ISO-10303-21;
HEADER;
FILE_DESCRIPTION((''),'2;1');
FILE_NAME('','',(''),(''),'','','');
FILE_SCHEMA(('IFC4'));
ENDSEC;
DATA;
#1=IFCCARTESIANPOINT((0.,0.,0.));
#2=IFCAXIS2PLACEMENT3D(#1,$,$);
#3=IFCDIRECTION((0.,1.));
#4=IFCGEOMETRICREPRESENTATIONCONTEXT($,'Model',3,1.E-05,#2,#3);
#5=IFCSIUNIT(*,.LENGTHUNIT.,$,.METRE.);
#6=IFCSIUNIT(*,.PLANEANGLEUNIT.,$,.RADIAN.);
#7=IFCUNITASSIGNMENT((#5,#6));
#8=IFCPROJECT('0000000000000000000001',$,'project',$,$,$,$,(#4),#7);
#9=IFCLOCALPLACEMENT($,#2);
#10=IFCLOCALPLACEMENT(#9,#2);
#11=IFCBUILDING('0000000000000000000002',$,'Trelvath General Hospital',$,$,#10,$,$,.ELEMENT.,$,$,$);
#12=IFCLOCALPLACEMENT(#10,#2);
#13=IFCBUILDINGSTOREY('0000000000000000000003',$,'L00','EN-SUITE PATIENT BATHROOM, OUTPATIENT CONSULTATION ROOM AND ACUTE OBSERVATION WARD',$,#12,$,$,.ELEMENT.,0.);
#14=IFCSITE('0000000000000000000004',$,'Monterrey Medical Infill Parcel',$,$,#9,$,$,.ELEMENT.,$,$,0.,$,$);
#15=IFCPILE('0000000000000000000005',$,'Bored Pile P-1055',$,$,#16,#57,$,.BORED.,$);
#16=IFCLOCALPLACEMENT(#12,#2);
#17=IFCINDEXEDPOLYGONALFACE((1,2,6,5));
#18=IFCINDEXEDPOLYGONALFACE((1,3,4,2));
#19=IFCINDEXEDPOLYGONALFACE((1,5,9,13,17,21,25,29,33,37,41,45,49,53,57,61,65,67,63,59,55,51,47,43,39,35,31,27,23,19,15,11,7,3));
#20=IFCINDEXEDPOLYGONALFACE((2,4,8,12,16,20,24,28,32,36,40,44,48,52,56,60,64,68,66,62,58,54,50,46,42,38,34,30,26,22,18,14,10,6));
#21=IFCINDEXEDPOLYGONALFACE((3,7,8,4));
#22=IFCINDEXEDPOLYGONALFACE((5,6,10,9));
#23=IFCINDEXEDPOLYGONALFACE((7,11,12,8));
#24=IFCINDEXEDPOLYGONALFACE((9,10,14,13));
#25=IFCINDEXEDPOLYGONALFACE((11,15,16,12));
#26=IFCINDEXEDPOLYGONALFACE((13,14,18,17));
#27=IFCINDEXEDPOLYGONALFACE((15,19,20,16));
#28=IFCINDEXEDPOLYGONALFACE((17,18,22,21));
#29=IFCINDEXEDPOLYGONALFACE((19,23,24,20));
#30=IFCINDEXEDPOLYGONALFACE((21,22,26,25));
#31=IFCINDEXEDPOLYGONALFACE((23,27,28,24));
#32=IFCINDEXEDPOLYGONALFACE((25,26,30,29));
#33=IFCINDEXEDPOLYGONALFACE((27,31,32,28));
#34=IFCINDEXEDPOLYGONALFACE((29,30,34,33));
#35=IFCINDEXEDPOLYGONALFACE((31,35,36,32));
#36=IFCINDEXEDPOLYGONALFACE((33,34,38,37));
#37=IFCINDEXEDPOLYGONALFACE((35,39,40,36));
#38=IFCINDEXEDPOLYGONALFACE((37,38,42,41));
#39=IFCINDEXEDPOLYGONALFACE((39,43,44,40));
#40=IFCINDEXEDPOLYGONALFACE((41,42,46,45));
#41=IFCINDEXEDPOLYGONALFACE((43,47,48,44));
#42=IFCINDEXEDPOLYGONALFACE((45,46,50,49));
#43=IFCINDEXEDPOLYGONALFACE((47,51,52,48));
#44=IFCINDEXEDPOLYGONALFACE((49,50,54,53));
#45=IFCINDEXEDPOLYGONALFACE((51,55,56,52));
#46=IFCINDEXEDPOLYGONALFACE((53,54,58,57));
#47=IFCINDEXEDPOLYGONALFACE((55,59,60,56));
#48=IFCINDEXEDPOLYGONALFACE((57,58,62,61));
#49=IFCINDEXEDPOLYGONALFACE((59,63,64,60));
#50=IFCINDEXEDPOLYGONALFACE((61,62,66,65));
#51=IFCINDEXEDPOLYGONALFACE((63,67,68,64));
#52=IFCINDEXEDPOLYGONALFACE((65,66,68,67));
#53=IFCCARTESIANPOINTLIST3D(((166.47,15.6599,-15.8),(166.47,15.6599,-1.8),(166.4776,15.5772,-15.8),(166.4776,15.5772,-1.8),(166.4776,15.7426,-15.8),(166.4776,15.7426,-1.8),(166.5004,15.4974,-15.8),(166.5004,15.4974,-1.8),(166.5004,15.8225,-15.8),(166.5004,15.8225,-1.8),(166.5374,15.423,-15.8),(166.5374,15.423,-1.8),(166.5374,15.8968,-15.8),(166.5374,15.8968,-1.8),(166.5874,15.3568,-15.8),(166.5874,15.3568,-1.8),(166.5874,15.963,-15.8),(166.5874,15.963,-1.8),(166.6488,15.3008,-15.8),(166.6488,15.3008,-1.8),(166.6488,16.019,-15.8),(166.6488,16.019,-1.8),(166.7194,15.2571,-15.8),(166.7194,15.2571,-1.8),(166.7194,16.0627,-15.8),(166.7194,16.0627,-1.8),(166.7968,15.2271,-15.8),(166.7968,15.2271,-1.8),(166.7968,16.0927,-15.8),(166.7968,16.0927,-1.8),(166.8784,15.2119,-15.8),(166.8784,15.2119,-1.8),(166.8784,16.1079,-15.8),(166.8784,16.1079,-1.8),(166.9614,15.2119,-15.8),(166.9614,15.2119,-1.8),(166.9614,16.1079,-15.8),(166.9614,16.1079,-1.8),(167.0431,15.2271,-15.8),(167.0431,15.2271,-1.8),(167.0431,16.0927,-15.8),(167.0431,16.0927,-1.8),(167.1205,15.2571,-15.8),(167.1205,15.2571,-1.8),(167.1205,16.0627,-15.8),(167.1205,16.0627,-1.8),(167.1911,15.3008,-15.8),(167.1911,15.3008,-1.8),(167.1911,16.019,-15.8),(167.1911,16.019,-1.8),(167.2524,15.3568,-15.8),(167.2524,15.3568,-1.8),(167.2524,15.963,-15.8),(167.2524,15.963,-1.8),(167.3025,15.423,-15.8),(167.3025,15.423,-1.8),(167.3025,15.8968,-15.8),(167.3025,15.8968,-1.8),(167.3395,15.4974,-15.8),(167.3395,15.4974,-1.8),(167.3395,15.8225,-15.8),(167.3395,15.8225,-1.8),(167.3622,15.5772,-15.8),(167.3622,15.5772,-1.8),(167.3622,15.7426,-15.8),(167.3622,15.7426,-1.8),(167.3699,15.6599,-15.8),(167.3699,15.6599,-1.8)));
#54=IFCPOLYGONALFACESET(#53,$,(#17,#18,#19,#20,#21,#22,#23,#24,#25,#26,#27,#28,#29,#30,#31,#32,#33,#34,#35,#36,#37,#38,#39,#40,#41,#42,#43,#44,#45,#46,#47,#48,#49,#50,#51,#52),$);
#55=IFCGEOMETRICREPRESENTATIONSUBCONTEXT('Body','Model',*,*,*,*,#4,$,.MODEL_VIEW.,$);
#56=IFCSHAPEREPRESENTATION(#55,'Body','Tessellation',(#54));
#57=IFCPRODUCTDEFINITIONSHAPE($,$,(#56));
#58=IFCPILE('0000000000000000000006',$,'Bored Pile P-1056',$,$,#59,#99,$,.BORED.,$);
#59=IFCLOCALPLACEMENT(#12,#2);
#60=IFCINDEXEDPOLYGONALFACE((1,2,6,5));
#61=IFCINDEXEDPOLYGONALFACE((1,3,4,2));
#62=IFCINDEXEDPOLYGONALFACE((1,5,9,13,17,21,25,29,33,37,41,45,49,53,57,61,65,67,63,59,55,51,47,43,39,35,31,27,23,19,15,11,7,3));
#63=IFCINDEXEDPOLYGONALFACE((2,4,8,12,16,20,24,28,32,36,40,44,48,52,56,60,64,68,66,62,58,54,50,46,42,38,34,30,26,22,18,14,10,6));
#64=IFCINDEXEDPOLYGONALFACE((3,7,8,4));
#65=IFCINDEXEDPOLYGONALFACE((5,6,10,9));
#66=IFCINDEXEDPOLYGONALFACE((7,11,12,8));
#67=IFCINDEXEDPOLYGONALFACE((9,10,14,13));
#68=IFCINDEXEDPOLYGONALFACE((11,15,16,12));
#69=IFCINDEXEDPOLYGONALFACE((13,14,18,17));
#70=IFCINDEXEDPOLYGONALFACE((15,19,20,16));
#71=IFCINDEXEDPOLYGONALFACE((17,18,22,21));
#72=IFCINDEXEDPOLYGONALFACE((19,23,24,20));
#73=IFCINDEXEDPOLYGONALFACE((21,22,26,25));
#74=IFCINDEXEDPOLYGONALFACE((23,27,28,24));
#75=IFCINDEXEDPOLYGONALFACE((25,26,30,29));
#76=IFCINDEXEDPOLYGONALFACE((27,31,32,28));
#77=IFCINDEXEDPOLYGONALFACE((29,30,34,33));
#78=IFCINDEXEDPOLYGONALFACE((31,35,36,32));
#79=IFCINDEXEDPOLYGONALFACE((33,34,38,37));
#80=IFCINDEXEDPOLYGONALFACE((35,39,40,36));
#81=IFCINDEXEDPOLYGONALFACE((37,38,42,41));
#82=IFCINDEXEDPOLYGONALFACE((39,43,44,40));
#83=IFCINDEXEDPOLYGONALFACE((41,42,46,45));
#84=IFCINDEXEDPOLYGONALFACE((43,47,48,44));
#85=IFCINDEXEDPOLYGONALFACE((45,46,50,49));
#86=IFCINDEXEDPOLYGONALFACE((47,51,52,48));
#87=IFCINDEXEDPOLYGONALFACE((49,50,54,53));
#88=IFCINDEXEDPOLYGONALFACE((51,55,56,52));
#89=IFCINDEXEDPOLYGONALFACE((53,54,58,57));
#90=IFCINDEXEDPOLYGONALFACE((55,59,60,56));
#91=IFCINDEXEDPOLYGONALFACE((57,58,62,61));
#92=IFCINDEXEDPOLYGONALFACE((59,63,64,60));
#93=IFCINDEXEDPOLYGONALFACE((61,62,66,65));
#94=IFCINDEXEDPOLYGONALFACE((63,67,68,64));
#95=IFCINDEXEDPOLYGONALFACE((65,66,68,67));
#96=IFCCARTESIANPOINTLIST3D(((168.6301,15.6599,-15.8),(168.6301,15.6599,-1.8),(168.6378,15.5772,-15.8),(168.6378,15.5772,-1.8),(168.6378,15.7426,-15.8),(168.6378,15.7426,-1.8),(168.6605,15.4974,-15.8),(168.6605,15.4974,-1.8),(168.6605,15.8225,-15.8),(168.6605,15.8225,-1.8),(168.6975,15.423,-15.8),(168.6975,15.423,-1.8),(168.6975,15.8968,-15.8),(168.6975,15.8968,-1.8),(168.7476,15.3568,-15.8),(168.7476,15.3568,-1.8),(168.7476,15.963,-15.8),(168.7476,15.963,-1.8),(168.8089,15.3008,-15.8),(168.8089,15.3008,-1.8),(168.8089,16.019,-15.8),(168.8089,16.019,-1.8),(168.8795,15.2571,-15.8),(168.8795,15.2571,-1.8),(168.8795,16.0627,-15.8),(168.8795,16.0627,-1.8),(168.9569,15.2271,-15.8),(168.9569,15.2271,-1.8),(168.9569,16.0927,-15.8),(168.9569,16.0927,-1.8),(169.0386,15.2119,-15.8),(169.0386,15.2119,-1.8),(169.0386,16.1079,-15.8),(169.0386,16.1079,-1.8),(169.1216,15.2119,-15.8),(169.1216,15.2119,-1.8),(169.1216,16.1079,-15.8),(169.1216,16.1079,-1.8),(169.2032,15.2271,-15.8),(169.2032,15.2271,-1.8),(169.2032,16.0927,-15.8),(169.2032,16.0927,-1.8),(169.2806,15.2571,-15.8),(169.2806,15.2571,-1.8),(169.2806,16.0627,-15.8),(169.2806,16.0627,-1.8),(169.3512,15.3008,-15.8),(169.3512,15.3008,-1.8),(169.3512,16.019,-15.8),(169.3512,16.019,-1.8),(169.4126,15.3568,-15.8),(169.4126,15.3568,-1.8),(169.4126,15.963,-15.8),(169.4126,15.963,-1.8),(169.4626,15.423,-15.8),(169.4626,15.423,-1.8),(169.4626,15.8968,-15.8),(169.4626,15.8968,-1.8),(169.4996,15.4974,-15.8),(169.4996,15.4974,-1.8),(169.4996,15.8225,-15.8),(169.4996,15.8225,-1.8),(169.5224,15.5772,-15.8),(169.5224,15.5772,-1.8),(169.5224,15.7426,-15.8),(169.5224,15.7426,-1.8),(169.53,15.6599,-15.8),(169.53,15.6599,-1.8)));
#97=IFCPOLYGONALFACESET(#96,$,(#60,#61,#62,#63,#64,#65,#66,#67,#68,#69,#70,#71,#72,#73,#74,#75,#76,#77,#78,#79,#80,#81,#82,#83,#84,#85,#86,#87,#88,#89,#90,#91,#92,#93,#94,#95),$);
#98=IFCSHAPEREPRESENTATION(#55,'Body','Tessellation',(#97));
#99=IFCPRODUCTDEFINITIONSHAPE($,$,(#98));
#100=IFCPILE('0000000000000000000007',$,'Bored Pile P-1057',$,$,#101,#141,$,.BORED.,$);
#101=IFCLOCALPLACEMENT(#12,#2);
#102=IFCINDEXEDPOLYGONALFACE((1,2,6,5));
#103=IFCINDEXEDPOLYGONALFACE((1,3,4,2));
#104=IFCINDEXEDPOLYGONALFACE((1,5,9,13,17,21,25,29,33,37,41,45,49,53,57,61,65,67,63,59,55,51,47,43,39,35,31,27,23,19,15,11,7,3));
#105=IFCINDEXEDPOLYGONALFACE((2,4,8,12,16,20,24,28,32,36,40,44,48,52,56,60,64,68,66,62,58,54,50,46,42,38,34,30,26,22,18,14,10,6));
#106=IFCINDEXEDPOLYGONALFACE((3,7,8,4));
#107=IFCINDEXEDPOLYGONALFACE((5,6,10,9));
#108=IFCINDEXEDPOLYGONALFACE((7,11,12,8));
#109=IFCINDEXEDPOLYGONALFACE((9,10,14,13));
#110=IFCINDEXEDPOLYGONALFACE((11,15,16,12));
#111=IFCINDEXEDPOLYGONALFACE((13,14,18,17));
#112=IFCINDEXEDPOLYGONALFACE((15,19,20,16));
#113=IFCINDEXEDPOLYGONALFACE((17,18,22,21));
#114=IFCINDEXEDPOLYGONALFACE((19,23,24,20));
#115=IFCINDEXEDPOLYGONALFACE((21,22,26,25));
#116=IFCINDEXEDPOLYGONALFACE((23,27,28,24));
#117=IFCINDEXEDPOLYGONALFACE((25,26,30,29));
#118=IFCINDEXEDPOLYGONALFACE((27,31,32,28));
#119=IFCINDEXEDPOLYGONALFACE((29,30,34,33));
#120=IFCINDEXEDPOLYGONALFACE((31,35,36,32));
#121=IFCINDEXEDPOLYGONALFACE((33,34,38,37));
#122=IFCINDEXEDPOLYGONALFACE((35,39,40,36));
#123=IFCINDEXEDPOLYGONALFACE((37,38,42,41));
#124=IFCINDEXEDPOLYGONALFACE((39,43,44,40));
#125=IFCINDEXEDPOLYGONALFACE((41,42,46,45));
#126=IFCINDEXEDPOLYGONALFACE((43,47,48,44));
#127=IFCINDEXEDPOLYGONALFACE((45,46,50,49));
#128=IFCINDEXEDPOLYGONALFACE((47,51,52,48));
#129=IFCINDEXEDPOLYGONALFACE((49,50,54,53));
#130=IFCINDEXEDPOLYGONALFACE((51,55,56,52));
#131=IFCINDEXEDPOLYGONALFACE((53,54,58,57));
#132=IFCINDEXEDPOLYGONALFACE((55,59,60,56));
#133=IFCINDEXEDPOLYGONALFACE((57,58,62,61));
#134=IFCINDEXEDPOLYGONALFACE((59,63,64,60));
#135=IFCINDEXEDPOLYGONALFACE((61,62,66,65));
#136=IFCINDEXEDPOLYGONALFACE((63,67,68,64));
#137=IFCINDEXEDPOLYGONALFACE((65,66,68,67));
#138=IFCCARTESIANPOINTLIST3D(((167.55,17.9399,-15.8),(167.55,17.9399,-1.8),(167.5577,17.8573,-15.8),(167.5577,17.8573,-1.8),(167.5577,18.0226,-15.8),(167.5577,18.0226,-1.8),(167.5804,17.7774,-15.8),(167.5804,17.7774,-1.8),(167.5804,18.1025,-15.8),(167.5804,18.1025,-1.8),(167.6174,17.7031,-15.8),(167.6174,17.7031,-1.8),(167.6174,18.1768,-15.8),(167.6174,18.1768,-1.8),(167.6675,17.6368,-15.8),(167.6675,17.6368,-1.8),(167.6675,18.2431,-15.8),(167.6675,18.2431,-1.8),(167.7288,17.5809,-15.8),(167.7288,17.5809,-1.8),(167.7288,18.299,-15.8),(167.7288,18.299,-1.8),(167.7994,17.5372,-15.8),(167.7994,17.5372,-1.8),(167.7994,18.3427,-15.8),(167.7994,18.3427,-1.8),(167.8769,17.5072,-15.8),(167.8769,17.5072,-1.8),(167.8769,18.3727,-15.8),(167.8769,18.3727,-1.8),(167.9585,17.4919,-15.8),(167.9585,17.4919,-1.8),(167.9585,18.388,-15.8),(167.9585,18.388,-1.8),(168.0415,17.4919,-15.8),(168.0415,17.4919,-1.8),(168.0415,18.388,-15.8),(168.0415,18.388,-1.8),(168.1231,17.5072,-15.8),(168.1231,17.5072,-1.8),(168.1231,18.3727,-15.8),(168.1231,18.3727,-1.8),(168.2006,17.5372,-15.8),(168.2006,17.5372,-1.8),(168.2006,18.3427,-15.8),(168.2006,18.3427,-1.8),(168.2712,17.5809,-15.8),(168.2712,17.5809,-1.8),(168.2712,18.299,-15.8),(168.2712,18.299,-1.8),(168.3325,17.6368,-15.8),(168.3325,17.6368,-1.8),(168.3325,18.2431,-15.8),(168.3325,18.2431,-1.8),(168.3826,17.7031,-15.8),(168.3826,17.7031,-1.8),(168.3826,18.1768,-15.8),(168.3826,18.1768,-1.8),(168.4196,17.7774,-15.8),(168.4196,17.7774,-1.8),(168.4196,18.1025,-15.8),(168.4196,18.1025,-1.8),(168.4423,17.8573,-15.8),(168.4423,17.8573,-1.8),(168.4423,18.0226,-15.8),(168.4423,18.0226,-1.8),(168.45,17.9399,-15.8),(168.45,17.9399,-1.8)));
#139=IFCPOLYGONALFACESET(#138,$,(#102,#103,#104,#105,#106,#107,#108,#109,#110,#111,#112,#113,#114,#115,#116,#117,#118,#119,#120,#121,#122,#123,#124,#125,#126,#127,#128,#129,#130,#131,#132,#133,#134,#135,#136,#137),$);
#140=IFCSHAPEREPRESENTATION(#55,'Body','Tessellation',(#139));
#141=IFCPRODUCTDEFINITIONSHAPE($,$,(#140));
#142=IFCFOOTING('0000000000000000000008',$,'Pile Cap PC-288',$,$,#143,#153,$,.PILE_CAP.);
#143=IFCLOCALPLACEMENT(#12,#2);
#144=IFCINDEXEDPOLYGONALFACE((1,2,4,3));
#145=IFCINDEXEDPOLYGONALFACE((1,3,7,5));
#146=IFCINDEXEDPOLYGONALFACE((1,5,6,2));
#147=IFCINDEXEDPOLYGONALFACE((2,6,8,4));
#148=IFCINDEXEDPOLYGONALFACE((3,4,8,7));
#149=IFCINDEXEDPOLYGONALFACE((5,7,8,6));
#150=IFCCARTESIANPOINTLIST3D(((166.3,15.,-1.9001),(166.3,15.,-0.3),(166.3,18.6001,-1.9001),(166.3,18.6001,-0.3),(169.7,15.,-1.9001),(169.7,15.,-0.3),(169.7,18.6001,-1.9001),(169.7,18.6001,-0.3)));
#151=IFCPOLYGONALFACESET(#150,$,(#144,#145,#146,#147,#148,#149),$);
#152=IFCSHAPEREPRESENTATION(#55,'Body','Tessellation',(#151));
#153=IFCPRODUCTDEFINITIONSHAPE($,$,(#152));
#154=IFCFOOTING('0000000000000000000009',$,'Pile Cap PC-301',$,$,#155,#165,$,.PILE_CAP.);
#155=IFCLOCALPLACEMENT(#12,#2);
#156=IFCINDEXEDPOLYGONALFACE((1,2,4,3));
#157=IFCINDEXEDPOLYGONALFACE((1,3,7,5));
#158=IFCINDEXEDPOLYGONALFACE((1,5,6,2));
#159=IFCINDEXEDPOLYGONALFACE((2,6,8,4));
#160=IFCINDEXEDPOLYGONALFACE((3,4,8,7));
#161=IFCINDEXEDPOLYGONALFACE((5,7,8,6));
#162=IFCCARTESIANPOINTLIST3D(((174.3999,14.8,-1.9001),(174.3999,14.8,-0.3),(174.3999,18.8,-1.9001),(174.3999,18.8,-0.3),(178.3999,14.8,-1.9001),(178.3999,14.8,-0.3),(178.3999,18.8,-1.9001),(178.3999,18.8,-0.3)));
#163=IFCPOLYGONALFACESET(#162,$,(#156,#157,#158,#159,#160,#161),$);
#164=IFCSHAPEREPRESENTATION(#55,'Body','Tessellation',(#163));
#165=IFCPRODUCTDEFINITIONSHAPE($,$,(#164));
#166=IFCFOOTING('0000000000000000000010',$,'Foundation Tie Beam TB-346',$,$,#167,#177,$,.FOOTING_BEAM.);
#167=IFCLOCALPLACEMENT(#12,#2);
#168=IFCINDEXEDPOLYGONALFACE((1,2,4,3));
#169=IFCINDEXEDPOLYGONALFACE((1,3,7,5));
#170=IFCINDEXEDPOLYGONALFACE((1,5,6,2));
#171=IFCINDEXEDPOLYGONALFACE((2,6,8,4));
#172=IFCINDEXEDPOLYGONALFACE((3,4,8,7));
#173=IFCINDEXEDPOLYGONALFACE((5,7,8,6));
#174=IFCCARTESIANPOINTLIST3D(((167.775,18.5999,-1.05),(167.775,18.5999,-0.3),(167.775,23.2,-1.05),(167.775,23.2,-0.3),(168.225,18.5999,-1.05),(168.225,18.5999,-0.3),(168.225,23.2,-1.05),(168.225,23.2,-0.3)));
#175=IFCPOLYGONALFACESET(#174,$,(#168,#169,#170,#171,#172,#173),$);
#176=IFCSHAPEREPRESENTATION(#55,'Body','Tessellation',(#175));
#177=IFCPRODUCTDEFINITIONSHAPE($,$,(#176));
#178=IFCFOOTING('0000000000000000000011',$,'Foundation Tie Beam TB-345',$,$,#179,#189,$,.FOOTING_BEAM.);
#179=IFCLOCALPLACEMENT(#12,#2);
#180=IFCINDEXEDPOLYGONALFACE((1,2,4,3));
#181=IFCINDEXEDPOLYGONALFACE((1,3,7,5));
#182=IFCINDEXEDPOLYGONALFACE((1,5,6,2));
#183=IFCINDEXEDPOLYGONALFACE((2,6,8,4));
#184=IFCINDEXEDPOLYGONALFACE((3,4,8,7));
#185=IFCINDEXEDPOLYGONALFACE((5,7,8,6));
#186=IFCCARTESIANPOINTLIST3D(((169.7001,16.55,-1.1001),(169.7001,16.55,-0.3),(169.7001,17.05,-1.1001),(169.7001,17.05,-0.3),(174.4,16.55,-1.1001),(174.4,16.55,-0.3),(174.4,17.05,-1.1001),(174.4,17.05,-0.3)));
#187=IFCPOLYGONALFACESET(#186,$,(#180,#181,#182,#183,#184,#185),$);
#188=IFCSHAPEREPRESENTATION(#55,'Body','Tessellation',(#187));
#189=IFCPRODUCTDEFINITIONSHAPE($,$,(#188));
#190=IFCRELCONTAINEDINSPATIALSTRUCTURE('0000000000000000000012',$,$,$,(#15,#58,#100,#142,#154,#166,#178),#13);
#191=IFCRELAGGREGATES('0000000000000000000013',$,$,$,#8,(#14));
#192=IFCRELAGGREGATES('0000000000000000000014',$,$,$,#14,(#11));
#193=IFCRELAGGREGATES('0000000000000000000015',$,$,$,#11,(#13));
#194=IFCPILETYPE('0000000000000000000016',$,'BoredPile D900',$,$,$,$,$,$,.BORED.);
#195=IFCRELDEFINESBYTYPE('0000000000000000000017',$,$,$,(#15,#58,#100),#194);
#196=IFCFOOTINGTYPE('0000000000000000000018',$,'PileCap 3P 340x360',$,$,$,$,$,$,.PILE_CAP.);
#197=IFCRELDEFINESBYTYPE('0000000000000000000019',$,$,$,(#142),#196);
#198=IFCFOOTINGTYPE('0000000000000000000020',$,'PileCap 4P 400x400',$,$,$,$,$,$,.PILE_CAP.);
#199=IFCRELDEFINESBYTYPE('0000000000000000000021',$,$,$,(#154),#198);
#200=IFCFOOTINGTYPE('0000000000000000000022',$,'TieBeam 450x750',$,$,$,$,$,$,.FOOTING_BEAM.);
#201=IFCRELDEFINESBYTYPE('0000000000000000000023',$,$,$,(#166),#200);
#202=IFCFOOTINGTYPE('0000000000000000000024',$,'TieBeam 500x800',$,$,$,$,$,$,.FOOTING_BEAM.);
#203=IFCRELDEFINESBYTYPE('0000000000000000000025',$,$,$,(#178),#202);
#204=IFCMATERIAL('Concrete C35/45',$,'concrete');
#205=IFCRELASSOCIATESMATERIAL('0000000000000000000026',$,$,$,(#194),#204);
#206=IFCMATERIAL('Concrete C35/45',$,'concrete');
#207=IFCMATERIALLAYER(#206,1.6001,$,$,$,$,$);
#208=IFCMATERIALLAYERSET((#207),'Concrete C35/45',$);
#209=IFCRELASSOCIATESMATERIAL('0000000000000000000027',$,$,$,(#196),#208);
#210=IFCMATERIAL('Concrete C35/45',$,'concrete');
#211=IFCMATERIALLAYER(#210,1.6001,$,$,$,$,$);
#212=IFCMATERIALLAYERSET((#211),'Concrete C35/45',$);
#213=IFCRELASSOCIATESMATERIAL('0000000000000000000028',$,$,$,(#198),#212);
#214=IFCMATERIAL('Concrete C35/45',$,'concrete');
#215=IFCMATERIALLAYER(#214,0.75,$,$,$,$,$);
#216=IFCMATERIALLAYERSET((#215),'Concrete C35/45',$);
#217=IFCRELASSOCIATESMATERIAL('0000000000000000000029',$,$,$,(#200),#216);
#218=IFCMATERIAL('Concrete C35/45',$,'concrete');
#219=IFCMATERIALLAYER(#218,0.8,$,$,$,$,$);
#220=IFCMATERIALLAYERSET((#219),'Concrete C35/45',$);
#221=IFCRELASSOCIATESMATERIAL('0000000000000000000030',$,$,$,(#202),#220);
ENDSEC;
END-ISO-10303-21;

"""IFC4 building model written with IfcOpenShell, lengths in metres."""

from ifc_helpers import new_model, si_unit, direction, frame, origin, origin_2d, place, context, subcontext, project, spatial, rectangle, circle, extrude, material, layer, layer_set, material_profile, profile_set, type_object, element, save


model = new_model("IFC4")

# Units and contexts
model_context = context("Model", 3, precision=1e-05, world=origin(), true_north=direction((0.0, 1.0)))
body_context = subcontext(model_context, "Body", "Model", "MODEL_VIEW")
ifc_project = project(units=[si_unit("LENGTHUNIT", "METRE"), si_unit("PLANEANGLEUNIT", "RADIAN")], contexts=[model_context])

# Site, building, storey
site_placement = place(None, origin())
site = spatial("IfcSite", under=ifc_project, at=site_placement, Name="Monterrey Medical Infill Parcel", CompositionType="ELEMENT", RefElevation=0.0)
building_placement = place(site_placement, origin())
building = spatial("IfcBuilding", under=site, at=building_placement, Name="Trelvath General Hospital", CompositionType="ELEMENT")
storey_placement = place(building_placement, origin())
storey = spatial("IfcBuildingStorey", under=building, at=storey_placement, Name="L00", Description="EN-SUITE PATIENT BATHROOM, OUTPATIENT CONSULTATION ROOM AND ACUTE OBSERVATION WARD", CompositionType="ELEMENT", Elevation=0.0)

# Piles
ifc_material_1 = material(Name="Concrete C35/45", Category="concrete")
ifc_material_profile_1 = material_profile(ifc_material_1, circle(Radius=0.45, at=origin_2d()), Name="PILE900")
ifc_profile_set_1 = profile_set([ifc_material_profile_1], Name="Concrete C35/45")
pile_type_1 = type_object("IfcPileType", Name="BoredPile D900", PredefinedType="BORED", material=ifc_profile_set_1)
for number, where, z_axis, x_axis, name in (
    (1, (166.9199, 15.6599, -1.8), (0.0, 0.0, -1.0), (1.0, 0.0, 0.0), "Bored Pile P-1055"),
    (2, (169.0801, 15.6599, -1.8), (0.0, 0.0, -1.0), (1.0, 0.0, 0.0), "Bored Pile P-1056"),
    (3, (168.0, 17.9399, -1.8), (0.0, 0.0, -1.0), (1.0, 0.0, 0.0), "Bored Pile P-1057"),
):
    element("IfcPile", number, at=place(storey_placement, frame(where, z_axis=z_axis, x_axis=x_axis)), inside=storey, type_object=pile_type_1, Name=name, PredefinedType="BORED", context=body_context, shape_type="SweptSolid", body=[
        extrude(circle(Radius=0.45, at=origin_2d()), origin(), (0.0, 0.0, 1.0), 14.0),
    ])

# Footings
ifc_material_2 = material(Name="Concrete C35/45", Category="concrete")
ifc_layer_1 = layer(ifc_material_2, 1.6001)
ifc_layer_set_1 = layer_set([ifc_layer_1], Name="Concrete C35/45")
footing_type_1 = type_object("IfcFootingType", Name="PileCap 3P 340x360", PredefinedType="PILE_CAP", material=ifc_layer_set_1)
footing_1_placement = place(storey_placement, frame((168.0, 16.8, -1.9001), z_axis=(0.0, 0.0, 1.0), x_axis=(1.0, 0.0, 0.0)))
element("IfcFooting", 4, at=footing_1_placement, inside=storey, type_object=footing_type_1, Name="Pile Cap PC-288", PredefinedType="PILE_CAP", context=body_context, shape_type="SweptSolid", body=[
    extrude(rectangle(XDim=3.3999, YDim=3.6001, at=origin_2d()), origin(), (0.0, 0.0, 1.0), 1.6001),
])
ifc_material_3 = material(Name="Concrete C35/45", Category="concrete")
ifc_layer_2 = layer(ifc_material_3, 1.6001)
ifc_layer_set_2 = layer_set([ifc_layer_2], Name="Concrete C35/45")
footing_type_2 = type_object("IfcFootingType", Name="PileCap 4P 400x400", PredefinedType="PILE_CAP", material=ifc_layer_set_2)
footing_2_placement = place(storey_placement, frame((176.3999, 16.8, -1.9001), z_axis=(0.0, 0.0, 1.0), x_axis=(1.0, 0.0, 0.0)))
element("IfcFooting", 5, at=footing_2_placement, inside=storey, type_object=footing_type_2, Name="Pile Cap PC-301", PredefinedType="PILE_CAP", context=body_context, shape_type="SweptSolid", body=[
    extrude(rectangle(XDim=4.0, YDim=4.0, at=origin_2d()), origin(), (0.0, 0.0, 1.0), 1.6001),
])
ifc_material_4 = material(Name="Concrete C35/45", Category="concrete")
ifc_layer_3 = layer(ifc_material_4, 0.75)
ifc_layer_set_3 = layer_set([ifc_layer_3], Name="Concrete C35/45")
footing_type_3 = type_object("IfcFootingType", Name="TieBeam 450x750", PredefinedType="FOOTING_BEAM", material=ifc_layer_set_3)
footing_3_placement = place(storey_placement, frame((168.0, 20.8999, -1.05), z_axis=(0.0, 0.0, 1.0), x_axis=(1.0, 0.0, 0.0)))
element("IfcFooting", 6, at=footing_3_placement, inside=storey, type_object=footing_type_3, Name="Foundation Tie Beam TB-346", PredefinedType="FOOTING_BEAM", context=body_context, shape_type="SweptSolid", body=[
    extrude(rectangle(XDim=0.45, YDim=4.6001, at=origin_2d()), origin(), (0.0, 0.0, 1.0), 0.75),
])
ifc_material_5 = material(Name="Concrete C35/45", Category="concrete")
ifc_layer_4 = layer(ifc_material_5, 0.8)
ifc_layer_set_4 = layer_set([ifc_layer_4], Name="Concrete C35/45")
footing_type_4 = type_object("IfcFootingType", Name="TieBeam 500x800", PredefinedType="FOOTING_BEAM", material=ifc_layer_set_4)
footing_4_placement = place(storey_placement, frame((172.05, 16.8, -1.1001), z_axis=(0.0, 0.0, 1.0), x_axis=(1.0, 0.0, 0.0)))
element("IfcFooting", 7, at=footing_4_placement, inside=storey, type_object=footing_type_4, Name="Foundation Tie Beam TB-345", PredefinedType="FOOTING_BEAM", context=body_context, shape_type="SweptSolid", body=[
    extrude(rectangle(XDim=4.7, YDim=0.5, at=origin_2d()), origin(), (0.0, 0.0, 1.0), 0.8),
])

save(model, "model.ifc")
